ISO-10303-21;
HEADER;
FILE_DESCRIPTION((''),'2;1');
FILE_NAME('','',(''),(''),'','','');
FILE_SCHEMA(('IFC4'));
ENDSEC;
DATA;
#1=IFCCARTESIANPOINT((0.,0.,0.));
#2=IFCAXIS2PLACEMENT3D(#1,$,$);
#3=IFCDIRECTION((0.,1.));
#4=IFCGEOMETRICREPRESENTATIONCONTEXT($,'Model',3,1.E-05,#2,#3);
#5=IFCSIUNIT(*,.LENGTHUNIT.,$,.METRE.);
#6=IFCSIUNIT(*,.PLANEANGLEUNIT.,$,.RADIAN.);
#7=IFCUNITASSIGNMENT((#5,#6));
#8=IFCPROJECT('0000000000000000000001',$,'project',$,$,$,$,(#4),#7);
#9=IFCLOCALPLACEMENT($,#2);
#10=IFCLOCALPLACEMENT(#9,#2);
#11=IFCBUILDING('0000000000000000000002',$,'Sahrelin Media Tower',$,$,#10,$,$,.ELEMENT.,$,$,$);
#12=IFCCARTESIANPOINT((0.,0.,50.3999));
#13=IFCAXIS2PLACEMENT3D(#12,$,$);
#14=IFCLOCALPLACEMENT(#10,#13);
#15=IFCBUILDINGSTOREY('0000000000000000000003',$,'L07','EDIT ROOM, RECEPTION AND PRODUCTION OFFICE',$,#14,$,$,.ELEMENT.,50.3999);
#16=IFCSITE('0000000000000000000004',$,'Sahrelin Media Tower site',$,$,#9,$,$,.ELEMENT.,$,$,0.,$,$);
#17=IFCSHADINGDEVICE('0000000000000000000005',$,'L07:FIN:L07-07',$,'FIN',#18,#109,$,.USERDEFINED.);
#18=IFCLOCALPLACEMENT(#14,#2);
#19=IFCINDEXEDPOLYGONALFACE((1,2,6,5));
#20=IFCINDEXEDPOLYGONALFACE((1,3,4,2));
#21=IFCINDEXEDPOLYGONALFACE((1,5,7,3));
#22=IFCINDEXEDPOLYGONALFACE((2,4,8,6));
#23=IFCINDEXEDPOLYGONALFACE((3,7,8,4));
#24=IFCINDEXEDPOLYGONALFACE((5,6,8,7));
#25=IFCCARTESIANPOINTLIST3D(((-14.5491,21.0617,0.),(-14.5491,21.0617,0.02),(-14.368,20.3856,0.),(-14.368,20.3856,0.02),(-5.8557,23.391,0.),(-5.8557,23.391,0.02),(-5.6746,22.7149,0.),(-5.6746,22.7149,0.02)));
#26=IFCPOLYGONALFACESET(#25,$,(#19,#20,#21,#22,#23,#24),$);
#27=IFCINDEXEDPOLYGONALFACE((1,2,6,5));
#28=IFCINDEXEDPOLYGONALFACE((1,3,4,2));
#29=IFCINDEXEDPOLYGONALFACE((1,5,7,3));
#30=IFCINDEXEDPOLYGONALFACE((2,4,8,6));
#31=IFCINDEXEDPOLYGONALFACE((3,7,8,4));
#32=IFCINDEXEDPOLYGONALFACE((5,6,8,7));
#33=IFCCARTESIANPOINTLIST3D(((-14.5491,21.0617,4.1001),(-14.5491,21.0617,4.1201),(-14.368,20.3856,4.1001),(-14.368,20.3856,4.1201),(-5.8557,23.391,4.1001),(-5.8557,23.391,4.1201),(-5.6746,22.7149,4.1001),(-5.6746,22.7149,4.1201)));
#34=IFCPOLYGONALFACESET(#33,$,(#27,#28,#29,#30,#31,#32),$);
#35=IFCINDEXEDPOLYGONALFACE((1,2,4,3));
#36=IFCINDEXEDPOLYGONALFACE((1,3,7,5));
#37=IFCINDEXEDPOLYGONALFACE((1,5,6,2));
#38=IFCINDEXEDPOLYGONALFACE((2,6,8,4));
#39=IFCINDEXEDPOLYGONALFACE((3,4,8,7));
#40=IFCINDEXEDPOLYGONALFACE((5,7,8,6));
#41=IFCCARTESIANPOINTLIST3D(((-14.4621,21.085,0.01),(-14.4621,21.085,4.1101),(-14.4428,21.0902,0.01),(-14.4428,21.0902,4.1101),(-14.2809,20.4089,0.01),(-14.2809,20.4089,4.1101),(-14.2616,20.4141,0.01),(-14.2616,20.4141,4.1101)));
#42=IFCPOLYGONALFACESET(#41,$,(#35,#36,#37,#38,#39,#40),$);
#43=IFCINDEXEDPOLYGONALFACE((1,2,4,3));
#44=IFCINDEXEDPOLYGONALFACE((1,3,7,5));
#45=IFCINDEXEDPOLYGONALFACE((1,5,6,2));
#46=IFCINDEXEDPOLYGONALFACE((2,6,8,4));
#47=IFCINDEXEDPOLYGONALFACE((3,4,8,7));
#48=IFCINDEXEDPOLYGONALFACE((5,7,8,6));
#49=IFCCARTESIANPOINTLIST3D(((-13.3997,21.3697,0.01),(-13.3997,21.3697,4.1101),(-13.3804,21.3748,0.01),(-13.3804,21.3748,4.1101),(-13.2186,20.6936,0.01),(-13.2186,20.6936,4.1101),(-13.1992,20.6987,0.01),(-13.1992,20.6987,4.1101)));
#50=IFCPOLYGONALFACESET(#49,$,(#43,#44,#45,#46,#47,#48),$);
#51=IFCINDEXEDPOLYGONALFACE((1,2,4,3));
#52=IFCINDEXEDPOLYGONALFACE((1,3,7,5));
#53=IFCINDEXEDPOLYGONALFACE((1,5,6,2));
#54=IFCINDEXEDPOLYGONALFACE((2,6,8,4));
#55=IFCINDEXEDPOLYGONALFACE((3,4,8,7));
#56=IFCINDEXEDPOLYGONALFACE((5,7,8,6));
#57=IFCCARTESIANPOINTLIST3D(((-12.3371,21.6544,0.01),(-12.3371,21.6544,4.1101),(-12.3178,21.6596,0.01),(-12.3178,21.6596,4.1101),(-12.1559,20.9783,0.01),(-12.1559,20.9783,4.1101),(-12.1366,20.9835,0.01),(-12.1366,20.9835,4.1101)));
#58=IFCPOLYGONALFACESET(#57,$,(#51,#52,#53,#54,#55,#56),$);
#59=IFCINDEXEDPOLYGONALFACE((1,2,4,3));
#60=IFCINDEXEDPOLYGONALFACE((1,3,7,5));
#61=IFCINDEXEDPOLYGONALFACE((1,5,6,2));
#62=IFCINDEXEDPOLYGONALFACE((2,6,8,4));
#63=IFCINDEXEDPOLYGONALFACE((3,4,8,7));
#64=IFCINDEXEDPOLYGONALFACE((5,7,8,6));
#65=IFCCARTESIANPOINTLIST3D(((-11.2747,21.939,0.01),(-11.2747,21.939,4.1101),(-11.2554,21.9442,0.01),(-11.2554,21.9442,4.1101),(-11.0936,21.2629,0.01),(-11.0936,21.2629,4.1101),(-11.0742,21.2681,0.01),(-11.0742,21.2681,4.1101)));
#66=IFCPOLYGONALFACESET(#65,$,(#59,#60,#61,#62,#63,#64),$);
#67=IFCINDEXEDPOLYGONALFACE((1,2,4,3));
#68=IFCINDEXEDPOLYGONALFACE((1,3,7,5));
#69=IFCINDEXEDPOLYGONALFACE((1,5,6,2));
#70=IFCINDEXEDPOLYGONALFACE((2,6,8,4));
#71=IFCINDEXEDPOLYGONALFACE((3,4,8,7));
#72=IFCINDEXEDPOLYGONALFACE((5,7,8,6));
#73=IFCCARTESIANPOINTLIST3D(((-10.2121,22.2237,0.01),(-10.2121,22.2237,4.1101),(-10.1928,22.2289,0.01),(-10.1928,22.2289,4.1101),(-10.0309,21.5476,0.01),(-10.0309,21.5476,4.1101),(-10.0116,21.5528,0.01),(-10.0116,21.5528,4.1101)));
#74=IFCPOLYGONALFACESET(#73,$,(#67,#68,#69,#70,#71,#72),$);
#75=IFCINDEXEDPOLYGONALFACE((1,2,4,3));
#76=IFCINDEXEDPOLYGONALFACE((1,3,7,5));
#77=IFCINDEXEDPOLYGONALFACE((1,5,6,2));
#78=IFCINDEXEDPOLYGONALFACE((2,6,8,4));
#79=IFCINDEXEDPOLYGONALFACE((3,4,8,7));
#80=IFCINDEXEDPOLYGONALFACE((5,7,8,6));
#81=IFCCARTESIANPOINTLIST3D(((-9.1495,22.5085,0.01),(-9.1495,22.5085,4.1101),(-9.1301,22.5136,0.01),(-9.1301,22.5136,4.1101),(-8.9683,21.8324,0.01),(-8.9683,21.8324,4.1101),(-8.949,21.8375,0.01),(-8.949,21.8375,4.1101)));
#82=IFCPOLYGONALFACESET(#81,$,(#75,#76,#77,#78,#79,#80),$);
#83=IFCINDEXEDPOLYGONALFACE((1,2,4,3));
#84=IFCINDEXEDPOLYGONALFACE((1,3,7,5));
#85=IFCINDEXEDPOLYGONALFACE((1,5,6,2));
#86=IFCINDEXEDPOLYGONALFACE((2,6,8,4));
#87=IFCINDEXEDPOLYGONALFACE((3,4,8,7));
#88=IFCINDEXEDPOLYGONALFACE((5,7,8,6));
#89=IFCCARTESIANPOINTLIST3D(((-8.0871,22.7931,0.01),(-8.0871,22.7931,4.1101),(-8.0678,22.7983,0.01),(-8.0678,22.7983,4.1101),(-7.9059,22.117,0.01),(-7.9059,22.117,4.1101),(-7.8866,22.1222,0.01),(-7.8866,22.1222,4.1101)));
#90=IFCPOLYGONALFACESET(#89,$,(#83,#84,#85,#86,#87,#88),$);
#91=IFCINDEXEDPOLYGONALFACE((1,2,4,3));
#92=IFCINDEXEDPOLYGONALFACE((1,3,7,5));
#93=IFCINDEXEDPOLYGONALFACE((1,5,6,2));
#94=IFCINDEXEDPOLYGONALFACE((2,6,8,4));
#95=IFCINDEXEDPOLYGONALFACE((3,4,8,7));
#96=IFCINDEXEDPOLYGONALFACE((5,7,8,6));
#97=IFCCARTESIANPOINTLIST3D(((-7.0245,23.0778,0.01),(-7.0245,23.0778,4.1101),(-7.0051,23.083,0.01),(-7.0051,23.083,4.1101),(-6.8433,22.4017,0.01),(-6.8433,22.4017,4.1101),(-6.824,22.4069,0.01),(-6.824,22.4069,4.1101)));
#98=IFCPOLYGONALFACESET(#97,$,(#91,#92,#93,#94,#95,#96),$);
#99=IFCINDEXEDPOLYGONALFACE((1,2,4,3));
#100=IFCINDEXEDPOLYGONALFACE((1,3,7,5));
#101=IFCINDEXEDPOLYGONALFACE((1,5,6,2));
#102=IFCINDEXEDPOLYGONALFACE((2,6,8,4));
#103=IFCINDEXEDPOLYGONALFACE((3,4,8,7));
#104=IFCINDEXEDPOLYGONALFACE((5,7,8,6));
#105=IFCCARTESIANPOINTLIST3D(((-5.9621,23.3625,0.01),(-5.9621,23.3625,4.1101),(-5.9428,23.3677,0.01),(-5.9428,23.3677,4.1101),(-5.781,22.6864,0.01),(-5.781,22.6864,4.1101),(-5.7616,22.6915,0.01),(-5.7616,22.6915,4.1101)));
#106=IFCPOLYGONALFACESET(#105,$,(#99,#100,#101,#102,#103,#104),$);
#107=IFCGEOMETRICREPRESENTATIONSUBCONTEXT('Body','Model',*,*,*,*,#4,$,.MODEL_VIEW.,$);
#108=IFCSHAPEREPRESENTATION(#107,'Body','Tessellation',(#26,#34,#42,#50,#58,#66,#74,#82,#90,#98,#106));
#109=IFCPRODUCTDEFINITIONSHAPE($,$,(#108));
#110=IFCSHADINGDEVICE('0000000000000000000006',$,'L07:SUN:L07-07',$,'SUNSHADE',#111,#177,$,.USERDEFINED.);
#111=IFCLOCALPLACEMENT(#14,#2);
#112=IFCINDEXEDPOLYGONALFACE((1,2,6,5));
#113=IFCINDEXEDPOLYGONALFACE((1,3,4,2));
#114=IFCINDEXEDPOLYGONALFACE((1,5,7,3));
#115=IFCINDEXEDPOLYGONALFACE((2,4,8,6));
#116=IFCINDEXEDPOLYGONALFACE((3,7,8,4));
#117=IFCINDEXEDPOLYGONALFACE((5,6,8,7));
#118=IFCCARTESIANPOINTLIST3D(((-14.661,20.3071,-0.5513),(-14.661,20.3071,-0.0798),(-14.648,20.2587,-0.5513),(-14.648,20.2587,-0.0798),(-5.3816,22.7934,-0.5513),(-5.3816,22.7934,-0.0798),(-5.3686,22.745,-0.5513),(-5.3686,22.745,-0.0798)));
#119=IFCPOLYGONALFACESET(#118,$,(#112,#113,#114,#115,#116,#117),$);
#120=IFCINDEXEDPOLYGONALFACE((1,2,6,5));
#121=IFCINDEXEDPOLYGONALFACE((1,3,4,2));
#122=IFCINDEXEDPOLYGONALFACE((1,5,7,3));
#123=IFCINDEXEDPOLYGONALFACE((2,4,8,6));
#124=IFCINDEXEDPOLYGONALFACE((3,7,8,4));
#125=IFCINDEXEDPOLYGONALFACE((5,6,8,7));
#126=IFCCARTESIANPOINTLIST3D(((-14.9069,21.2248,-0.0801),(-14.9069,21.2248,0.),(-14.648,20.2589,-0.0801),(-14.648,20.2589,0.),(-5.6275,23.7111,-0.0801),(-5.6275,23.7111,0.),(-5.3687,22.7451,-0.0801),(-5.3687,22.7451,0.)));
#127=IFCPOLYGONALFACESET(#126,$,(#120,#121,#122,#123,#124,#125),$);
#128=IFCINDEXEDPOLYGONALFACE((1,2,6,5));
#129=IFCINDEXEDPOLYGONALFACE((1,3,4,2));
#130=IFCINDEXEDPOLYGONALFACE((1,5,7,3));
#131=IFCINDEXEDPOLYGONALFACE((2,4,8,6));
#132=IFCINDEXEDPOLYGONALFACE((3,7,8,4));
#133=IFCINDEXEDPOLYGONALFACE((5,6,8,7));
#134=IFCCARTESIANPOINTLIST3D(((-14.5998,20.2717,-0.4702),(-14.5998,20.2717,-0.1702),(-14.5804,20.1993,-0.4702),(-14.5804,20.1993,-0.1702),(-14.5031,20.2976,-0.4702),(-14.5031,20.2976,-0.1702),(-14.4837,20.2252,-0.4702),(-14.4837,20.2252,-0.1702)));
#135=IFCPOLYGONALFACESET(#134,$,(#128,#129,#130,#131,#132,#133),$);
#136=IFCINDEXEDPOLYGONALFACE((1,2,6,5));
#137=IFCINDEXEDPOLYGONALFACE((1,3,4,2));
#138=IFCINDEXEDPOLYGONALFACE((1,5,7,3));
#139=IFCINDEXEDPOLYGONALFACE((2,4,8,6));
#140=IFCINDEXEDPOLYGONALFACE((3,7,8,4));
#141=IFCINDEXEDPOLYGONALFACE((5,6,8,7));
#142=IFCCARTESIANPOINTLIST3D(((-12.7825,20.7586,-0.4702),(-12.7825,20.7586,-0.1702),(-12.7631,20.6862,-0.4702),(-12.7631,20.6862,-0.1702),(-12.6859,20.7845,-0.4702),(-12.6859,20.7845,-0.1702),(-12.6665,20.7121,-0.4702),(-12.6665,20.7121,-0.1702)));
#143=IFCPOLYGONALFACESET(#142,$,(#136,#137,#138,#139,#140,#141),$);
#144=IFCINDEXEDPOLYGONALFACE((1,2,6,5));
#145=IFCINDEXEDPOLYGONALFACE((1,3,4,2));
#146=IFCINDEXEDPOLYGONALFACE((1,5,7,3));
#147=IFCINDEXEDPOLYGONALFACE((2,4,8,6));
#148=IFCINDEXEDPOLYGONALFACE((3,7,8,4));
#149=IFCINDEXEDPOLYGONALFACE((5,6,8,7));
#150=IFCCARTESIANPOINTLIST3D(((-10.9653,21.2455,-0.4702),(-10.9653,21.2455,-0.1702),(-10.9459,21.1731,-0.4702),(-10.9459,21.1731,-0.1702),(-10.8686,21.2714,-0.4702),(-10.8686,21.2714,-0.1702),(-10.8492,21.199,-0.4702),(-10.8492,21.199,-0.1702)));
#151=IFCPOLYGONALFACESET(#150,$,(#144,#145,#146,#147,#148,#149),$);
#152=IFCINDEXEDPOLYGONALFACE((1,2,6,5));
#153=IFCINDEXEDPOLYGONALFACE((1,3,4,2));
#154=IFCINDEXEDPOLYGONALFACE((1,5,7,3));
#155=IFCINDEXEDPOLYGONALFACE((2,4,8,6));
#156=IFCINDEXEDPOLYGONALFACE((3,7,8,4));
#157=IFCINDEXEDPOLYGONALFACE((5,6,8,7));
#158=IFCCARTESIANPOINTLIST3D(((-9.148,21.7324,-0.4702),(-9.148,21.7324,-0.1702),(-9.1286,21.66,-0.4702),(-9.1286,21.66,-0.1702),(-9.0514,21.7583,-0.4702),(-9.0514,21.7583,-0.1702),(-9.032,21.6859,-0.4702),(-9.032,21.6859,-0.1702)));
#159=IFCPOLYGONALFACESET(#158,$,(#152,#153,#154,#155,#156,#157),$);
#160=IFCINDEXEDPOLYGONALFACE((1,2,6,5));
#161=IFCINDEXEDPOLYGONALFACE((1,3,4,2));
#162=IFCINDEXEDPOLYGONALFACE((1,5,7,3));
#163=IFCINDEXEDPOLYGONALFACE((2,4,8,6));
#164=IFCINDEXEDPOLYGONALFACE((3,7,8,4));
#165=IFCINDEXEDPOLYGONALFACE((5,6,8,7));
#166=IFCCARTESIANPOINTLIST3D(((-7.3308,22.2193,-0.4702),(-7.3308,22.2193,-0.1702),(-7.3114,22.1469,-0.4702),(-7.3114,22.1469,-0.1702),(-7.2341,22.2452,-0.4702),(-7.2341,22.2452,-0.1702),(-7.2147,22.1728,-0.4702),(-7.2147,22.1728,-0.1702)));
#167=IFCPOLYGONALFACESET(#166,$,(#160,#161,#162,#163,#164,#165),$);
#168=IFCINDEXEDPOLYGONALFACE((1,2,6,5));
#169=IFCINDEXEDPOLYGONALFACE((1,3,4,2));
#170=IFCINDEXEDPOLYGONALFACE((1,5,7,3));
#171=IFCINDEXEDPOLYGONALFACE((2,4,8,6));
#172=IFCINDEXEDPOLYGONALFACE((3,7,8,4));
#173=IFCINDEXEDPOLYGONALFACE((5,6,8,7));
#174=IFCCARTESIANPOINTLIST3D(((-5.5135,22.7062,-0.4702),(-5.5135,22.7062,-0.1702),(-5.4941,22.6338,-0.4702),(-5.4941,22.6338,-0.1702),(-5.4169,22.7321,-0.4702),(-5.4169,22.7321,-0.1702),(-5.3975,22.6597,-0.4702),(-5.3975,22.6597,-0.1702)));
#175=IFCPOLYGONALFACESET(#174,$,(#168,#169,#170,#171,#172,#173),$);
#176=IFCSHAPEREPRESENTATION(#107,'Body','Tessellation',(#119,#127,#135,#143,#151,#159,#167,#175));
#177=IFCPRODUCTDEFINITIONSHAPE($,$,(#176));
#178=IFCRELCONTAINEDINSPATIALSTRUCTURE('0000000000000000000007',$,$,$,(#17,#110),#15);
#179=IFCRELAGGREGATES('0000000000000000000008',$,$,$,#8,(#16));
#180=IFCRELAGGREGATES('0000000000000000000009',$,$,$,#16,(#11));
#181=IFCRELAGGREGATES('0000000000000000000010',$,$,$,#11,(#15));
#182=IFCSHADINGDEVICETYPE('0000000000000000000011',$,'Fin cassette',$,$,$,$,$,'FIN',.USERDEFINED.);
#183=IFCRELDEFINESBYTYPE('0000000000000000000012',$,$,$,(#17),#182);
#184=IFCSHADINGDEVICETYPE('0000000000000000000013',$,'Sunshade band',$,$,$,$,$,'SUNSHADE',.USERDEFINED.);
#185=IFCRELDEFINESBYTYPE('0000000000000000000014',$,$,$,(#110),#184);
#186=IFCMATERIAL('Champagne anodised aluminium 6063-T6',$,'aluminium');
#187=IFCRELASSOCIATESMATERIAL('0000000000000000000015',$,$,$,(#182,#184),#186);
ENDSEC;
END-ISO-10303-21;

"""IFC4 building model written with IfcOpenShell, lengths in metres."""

from ifc_helpers import new_model, si_unit, direction, frame, origin, origin_2d, place, context, subcontext, project, spatial, rectangle, extrude, material, type_object, element, save


model = new_model("IFC4")

# Units and contexts
model_context = context("Model", 3, precision=1e-05, world=origin(), true_north=direction((0.0, 1.0)))
body_context = subcontext(model_context, "Body", "Model", "MODEL_VIEW")
ifc_project = project(units=[si_unit("LENGTHUNIT", "METRE"), si_unit("PLANEANGLEUNIT", "RADIAN")], contexts=[model_context])

# Site, building, storey
site_placement = place(None, origin())
site = spatial("IfcSite", under=ifc_project, at=site_placement, Name="Sahrelin Media Tower site", CompositionType="ELEMENT", RefElevation=0.0)
building_placement = place(site_placement, origin())
building = spatial("IfcBuilding", under=site, at=building_placement, Name="Sahrelin Media Tower", CompositionType="ELEMENT")
storey_placement = place(building_placement, frame((0.0, 0.0, 50.3999)))
storey = spatial("IfcBuildingStorey", under=building, at=storey_placement, Name="L07", Description="EDIT ROOM, RECEPTION AND PRODUCTION OFFICE", CompositionType="ELEMENT", Elevation=50.3999)

# Shared definitions
ifc_material_1 = material(Name="Champagne anodised aluminium 6063-T6", Category="aluminium")

# Shading devices
shading_device_type_1 = type_object("IfcShadingDeviceType", Name="Fin cassette", ElementType="FIN", PredefinedType="USERDEFINED", material=ifc_material_1)
placement = place(storey_placement, frame((-10.0032, 21.4827, 0.0), z_axis=(0.0, 0.0, 1.0), x_axis=(0.965929, 0.258808, 0.0)))
element("IfcShadingDevice", 1, at=placement, inside=storey, type_object=shading_device_type_1, Name="L07:FIN:L07-07", ObjectType="FIN", PredefinedType="USERDEFINED", context=body_context, shape_type="SweptSolid", body=[
    extrude(rectangle(XDim=9.0, YDim=0.7, at=origin_2d()), frame((0.0, 0.4199, 0.0)), (0.0, 0.0, 1.0), 0.02),
    extrude(rectangle(XDim=9.0, YDim=0.7, at=origin_2d()), frame((0.0, 0.4199, 4.1001)), (0.0, 0.0, 1.0), 0.02),
    extrude(rectangle(XDim=0.02, YDim=0.7, at=origin_2d()), frame((-4.3999, 0.4199, 0.01), z_axis=(0.0, 0.0, 1.0), x_axis=(1.0, 0.0, 0.0)), (0.0, 0.0, 1.0), 4.1001),
    extrude(rectangle(XDim=0.02, YDim=0.7, at=origin_2d()), frame((-3.3, 0.4199, 0.01), z_axis=(0.0, 0.0, 1.0), x_axis=(1.0, 0.0, 0.0)), (0.0, 0.0, 1.0), 4.1001),
    extrude(rectangle(XDim=0.02, YDim=0.7, at=origin_2d()), frame((-2.2, 0.4199, 0.01), z_axis=(0.0, 0.0, 1.0), x_axis=(1.0, 0.0, 0.0)), (0.0, 0.0, 1.0), 4.1001),
    extrude(rectangle(XDim=0.02, YDim=0.7, at=origin_2d()), frame((-1.1001, 0.4199, 0.01), z_axis=(0.0, 0.0, 1.0), x_axis=(1.0, 0.0, 0.0)), (0.0, 0.0, 1.0), 4.1001),
    extrude(rectangle(XDim=0.02, YDim=0.7, at=origin_2d()), frame((0.0, 0.4199, 0.01), z_axis=(0.0, 0.0, 1.0), x_axis=(1.0, 0.0, 0.0)), (0.0, 0.0, 1.0), 4.1001),
    extrude(rectangle(XDim=0.02, YDim=0.7, at=origin_2d()), frame((1.1001, 0.4199, 0.01), z_axis=(0.0, 0.0, 1.0), x_axis=(1.0, 0.0, 0.0)), (0.0, 0.0, 1.0), 4.1001),
    extrude(rectangle(XDim=0.02, YDim=0.7, at=origin_2d()), frame((2.2, 0.4199, 0.01), z_axis=(0.0, 0.0, 1.0), x_axis=(1.0, 0.0, 0.0)), (0.0, 0.0, 1.0), 4.1001),
    extrude(rectangle(XDim=0.02, YDim=0.7, at=origin_2d()), frame((3.3, 0.4199, 0.01), z_axis=(0.0, 0.0, 1.0), x_axis=(1.0, 0.0, 0.0)), (0.0, 0.0, 1.0), 4.1001),
    extrude(rectangle(XDim=0.02, YDim=0.7, at=origin_2d()), frame((4.3999, 0.4199, 0.01), z_axis=(0.0, 0.0, 1.0), x_axis=(1.0, 0.0, 0.0)), (0.0, 0.0, 1.0), 4.1001),
])
shading_device_type_2 = type_object("IfcShadingDeviceType", Name="Sunshade band", ElementType="SUNSHADE", PredefinedType="USERDEFINED", material=ifc_material_1)
element("IfcShadingDevice", 2, at=placement, inside=storey, type_object=shading_device_type_2, Name="L07:SUN:L07-07", ObjectType="SUNSHADE", PredefinedType="USERDEFINED", context=body_context, shape_type="SweptSolid", body=[
    extrude(rectangle(XDim=9.6067, YDim=0.05, at=origin_2d()), frame((0.0, 0.0449, -0.5513)), (0.0, 0.0, 1.0), 0.4714),
    extrude(rectangle(XDim=9.6067, YDim=1.0, at=origin_2d()), frame((0.0, 0.52, -0.0801)), (0.0, 0.0, 1.0), 0.0801),
    extrude(rectangle(XDim=0.1001, YDim=0.075, at=origin_2d()), frame((-4.7034, -0.0176, -0.4702)), (0.0, 0.0, 1.0), 0.3),
    extrude(rectangle(XDim=0.1001, YDim=0.075, at=origin_2d()), frame((-2.822, -0.0176, -0.4702)), (0.0, 0.0, 1.0), 0.3),
    extrude(rectangle(XDim=0.1001, YDim=0.075, at=origin_2d()), frame((-0.9407, -0.0176, -0.4702)), (0.0, 0.0, 1.0), 0.3),
    extrude(rectangle(XDim=0.1001, YDim=0.075, at=origin_2d()), frame((0.9407, -0.0176, -0.4702)), (0.0, 0.0, 1.0), 0.3),
    extrude(rectangle(XDim=0.1001, YDim=0.075, at=origin_2d()), frame((2.822, -0.0176, -0.4702)), (0.0, 0.0, 1.0), 0.3),
    extrude(rectangle(XDim=0.1001, YDim=0.075, at=origin_2d()), frame((4.7034, -0.0176, -0.4702)), (0.0, 0.0, 1.0), 0.3),
])

save(model, "model.ifc")
